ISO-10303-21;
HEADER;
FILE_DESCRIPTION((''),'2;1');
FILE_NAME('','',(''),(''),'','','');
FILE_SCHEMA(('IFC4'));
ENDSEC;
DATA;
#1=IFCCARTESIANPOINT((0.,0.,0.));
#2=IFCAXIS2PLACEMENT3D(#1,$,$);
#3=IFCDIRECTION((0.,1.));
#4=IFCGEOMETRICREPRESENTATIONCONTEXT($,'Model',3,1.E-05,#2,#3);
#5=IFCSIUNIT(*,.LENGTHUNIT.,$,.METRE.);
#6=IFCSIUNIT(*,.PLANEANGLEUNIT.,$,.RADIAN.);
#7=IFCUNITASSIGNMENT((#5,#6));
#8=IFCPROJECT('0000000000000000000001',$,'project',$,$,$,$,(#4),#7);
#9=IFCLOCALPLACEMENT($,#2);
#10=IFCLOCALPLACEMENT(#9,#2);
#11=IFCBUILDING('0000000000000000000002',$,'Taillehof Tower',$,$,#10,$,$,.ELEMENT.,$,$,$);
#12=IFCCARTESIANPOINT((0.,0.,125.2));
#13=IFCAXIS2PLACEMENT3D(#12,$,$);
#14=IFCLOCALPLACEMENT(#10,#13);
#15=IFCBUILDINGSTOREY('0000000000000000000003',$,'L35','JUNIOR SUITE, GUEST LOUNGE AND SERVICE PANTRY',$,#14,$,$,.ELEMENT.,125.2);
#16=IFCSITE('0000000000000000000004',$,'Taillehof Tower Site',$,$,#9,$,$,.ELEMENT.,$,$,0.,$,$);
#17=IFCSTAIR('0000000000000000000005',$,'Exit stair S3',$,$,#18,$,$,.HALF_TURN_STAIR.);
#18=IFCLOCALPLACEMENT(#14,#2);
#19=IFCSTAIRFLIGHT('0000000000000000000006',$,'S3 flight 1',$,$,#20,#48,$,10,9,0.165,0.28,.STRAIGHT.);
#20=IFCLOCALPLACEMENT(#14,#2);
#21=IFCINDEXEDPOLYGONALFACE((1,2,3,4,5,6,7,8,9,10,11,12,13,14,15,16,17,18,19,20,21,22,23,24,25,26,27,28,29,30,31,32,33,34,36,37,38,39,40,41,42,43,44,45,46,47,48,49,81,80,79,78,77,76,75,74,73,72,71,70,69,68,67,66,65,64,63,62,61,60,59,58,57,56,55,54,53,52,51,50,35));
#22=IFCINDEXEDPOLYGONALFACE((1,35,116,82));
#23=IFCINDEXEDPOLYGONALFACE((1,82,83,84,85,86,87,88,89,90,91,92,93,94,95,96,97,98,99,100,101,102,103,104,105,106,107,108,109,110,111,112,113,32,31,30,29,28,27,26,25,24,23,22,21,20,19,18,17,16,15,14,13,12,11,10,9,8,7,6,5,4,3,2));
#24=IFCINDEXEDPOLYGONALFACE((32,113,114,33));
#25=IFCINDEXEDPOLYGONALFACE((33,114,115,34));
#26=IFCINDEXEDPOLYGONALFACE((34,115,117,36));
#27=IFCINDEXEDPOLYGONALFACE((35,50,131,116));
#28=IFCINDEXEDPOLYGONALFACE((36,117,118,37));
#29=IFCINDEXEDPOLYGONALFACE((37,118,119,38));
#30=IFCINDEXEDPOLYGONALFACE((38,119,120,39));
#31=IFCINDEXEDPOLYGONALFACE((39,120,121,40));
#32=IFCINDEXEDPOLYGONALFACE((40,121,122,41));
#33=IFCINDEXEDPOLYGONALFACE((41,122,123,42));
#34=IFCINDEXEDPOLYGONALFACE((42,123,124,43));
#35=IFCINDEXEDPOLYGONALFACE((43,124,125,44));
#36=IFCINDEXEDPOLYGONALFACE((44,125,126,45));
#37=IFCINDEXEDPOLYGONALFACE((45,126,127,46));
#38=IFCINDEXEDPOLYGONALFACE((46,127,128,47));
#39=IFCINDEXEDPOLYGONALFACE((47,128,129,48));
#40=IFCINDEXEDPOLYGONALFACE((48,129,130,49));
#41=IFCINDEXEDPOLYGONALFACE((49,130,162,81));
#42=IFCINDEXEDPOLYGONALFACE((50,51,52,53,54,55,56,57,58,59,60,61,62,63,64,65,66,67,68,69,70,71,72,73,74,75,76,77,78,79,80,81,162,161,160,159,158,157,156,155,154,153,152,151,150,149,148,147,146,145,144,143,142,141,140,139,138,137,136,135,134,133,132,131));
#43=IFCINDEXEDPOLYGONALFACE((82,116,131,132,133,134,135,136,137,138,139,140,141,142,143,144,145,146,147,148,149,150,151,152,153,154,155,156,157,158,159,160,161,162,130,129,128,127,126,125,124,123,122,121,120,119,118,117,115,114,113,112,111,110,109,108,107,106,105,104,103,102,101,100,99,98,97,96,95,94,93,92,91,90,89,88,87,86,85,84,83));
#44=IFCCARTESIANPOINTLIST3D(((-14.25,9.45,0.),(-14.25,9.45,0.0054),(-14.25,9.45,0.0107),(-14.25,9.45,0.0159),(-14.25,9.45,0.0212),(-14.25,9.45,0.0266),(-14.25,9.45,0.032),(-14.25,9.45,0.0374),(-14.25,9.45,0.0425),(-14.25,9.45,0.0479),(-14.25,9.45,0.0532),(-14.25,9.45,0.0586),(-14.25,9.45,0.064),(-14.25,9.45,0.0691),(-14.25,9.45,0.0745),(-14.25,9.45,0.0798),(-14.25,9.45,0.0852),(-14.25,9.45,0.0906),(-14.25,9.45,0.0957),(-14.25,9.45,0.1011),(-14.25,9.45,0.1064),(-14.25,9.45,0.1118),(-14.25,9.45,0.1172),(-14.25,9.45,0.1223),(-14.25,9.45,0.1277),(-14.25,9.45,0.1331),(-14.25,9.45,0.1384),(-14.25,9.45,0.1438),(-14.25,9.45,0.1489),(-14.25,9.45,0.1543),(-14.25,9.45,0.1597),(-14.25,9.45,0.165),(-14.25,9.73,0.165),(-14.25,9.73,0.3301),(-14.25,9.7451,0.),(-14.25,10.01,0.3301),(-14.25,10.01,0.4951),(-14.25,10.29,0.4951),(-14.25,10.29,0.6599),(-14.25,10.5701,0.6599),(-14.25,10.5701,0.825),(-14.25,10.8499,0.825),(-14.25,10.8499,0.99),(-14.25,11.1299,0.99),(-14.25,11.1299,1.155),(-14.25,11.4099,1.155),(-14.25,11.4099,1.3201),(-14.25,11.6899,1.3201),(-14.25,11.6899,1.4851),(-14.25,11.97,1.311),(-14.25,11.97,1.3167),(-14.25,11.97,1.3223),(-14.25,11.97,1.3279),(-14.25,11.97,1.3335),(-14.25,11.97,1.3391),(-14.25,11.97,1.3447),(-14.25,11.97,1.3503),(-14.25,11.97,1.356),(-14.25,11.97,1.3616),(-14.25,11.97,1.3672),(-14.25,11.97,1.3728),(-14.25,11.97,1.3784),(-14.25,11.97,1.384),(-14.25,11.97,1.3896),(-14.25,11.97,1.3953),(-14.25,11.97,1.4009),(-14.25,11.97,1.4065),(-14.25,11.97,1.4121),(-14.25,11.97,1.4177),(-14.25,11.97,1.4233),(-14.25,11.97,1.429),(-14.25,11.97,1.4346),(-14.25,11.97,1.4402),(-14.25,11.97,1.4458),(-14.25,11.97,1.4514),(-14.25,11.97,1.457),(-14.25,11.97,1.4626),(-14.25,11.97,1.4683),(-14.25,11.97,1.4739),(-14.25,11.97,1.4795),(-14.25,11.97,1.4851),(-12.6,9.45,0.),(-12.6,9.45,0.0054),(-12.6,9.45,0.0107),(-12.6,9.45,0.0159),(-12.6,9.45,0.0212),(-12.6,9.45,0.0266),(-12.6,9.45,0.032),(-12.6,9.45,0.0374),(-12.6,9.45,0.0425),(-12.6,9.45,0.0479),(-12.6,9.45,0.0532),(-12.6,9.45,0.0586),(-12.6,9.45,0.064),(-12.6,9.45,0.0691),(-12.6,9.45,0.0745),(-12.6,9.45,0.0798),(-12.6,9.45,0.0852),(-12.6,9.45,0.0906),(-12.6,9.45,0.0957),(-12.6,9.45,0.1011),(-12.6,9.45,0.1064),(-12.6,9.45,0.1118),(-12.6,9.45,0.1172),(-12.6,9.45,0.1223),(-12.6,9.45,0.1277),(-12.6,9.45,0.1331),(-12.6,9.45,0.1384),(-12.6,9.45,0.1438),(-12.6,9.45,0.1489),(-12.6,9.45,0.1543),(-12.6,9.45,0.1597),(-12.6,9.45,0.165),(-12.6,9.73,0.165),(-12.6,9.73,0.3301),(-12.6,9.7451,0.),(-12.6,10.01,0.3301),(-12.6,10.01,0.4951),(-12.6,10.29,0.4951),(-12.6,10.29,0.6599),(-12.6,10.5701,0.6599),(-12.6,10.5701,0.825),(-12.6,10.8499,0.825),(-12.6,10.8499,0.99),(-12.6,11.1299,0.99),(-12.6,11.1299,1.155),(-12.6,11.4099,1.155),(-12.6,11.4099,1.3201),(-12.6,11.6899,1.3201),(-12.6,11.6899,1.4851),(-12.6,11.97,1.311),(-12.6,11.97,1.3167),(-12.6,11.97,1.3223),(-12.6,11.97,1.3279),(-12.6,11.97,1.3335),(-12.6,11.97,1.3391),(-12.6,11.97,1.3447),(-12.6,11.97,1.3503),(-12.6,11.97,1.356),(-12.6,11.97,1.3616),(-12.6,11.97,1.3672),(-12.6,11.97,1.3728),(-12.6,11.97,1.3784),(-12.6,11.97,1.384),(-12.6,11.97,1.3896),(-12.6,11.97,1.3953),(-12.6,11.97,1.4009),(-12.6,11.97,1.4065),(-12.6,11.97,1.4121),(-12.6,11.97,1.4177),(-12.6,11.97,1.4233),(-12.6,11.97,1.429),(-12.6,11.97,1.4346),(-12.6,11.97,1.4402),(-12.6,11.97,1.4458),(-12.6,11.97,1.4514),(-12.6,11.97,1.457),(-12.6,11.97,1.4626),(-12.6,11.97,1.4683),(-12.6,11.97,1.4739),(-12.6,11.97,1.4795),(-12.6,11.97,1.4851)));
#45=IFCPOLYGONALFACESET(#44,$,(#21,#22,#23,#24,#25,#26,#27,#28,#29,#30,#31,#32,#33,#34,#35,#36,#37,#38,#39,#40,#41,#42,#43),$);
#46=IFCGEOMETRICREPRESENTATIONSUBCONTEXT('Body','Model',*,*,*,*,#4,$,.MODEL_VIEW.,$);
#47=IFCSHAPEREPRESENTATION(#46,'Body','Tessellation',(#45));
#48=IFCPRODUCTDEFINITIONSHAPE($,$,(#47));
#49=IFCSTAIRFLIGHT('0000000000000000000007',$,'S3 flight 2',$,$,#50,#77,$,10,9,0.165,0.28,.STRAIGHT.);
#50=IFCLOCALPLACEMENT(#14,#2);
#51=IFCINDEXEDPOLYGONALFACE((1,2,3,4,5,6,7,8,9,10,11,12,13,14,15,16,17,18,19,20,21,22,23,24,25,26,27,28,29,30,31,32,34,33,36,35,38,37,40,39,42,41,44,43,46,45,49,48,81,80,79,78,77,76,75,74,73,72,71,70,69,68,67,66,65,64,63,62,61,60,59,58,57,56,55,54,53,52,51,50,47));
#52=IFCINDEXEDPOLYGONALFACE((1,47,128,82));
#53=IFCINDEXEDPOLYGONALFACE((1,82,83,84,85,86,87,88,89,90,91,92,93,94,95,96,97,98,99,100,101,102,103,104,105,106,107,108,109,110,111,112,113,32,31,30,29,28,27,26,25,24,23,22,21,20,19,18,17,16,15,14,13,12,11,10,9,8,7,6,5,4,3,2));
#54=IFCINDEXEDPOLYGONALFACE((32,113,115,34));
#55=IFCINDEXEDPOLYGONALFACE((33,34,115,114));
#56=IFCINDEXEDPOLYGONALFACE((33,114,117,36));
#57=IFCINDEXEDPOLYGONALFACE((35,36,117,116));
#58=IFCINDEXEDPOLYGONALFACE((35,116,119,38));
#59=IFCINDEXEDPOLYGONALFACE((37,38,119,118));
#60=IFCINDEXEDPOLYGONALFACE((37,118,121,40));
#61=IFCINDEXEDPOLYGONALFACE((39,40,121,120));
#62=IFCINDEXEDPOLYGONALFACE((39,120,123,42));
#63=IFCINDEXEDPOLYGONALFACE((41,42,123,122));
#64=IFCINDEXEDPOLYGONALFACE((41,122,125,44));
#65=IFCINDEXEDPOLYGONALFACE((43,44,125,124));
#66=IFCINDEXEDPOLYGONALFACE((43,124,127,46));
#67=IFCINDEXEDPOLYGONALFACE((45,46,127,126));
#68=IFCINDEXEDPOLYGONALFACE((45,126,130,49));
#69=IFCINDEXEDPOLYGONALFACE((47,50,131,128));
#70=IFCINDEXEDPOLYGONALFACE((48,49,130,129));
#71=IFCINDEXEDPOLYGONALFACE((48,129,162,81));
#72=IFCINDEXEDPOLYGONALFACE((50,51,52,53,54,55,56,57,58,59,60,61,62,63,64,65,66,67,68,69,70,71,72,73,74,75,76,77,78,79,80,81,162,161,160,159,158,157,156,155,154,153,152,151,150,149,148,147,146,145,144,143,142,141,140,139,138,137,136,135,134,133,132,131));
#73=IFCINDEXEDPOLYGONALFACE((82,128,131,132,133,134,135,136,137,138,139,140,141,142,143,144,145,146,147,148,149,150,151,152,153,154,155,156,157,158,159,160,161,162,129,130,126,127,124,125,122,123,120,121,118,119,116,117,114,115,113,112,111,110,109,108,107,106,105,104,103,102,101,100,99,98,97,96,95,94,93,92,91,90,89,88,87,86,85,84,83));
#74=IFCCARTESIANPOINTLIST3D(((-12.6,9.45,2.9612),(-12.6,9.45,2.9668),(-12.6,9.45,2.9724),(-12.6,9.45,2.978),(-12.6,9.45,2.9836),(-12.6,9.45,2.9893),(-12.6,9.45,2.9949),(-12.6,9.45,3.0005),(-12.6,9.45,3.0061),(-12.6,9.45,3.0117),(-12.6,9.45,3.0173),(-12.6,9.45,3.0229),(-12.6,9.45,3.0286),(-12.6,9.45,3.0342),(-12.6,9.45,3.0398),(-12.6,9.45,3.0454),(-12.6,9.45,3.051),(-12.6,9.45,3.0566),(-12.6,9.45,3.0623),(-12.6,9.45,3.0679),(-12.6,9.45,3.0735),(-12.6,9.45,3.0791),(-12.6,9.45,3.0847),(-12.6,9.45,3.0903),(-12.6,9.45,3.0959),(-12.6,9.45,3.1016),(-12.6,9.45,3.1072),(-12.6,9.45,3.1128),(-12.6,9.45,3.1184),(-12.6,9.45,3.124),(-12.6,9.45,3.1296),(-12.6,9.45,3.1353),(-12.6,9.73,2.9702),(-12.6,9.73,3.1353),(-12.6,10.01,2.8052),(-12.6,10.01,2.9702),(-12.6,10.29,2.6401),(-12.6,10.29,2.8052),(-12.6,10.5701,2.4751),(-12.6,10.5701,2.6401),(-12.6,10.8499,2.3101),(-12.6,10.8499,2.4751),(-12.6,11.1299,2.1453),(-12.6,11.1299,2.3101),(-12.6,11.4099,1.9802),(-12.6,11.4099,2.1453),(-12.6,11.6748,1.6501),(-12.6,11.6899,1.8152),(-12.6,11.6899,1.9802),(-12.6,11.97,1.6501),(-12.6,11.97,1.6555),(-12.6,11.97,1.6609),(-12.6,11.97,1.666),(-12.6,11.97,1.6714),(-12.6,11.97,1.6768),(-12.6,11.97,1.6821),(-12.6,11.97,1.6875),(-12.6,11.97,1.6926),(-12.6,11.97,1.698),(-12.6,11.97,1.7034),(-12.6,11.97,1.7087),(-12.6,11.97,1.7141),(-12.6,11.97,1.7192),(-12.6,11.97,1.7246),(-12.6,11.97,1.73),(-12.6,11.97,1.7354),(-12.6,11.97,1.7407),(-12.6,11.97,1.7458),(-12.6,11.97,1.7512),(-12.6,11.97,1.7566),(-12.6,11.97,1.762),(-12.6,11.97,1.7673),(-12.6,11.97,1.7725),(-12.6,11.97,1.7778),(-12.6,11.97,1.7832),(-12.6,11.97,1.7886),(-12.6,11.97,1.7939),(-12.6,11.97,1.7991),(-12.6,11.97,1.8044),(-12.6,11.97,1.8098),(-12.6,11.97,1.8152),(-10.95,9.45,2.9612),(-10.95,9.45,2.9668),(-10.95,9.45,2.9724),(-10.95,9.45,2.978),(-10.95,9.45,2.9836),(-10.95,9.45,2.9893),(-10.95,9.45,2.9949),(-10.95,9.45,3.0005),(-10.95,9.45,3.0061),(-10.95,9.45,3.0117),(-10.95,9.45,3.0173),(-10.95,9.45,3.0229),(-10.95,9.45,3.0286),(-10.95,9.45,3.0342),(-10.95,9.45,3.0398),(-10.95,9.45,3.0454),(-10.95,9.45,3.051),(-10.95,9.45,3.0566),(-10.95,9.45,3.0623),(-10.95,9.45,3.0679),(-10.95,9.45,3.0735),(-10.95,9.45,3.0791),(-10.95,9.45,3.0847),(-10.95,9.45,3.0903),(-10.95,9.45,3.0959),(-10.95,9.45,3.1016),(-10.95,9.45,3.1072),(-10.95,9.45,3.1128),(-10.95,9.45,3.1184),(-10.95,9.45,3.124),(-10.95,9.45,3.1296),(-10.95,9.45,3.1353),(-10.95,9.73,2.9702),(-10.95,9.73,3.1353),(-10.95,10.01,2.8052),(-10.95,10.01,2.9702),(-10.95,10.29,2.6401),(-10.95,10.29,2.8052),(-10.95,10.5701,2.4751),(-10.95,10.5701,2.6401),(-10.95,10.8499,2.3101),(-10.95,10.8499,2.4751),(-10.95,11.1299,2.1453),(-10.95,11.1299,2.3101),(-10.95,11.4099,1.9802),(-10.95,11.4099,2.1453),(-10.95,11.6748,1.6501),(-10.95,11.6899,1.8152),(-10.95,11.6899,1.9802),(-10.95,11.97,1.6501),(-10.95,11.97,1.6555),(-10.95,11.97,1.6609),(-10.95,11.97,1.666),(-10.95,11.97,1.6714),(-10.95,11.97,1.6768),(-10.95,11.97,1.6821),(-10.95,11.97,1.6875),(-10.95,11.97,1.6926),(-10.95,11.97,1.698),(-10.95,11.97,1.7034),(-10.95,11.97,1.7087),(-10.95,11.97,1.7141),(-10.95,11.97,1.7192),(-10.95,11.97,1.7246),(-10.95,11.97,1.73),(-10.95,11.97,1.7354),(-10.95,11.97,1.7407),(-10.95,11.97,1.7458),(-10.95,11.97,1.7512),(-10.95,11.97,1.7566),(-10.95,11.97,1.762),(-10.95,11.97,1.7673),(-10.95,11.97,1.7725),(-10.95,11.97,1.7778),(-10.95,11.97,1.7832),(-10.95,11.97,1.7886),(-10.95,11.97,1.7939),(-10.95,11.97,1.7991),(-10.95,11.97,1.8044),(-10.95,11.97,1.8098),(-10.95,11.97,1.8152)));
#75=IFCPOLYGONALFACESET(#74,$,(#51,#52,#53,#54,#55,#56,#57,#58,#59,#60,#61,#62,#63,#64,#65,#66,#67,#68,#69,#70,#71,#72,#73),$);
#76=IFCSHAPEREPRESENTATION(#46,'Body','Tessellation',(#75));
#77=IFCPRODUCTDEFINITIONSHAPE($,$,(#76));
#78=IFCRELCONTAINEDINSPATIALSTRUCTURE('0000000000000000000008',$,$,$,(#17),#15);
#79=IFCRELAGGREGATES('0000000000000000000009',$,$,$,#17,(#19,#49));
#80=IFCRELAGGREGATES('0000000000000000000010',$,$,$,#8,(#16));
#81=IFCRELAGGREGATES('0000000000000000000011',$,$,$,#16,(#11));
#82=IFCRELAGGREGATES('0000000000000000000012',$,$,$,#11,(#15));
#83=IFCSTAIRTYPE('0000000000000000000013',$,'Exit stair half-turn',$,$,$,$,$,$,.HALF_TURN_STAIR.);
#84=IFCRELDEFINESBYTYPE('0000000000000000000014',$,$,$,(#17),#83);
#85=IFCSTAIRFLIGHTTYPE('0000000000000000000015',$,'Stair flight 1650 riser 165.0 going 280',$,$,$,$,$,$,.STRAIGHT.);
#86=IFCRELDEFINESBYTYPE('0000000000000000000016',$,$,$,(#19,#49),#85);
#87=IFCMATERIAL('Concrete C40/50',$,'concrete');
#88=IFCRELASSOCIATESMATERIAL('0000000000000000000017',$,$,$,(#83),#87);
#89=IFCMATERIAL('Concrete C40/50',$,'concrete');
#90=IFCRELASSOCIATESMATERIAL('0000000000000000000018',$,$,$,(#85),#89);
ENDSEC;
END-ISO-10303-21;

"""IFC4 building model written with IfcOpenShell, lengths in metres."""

from ifc_helpers import new_model, si_unit, direction, frame, origin, place, context, subcontext, project, spatial, polyline, outline, extrude, material, type_object, element, aggregate, save


model = new_model("IFC4")

# Units and contexts
model_context = context("Model", 3, precision=1e-05, world=origin(), true_north=direction((0.0, 1.0)))
body_context = subcontext(model_context, "Body", "Model", "MODEL_VIEW")
ifc_project = project(units=[si_unit("LENGTHUNIT", "METRE"), si_unit("PLANEANGLEUNIT", "RADIAN")], contexts=[model_context])

# Site, building, storey
site_placement = place(None, origin())
site = spatial("IfcSite", under=ifc_project, at=site_placement, Name="Taillehof Tower Site", CompositionType="ELEMENT", RefElevation=0.0)
building_placement = place(site_placement, origin())
building = spatial("IfcBuilding", under=site, at=building_placement, Name="Taillehof Tower", CompositionType="ELEMENT")
storey_placement = place(building_placement, frame((0.0, 0.0, 125.2)))
storey = spatial("IfcBuildingStorey", under=building, at=storey_placement, Name="L35", Description="JUNIOR SUITE, GUEST LOUNGE AND SERVICE PANTRY", CompositionType="ELEMENT", Elevation=125.2)

# Stair, stair flights
ifc_material_1 = material(Name="Concrete C40/50", Category="concrete")
stair_type = type_object("IfcStairType", Name="Exit stair half-turn", PredefinedType="HALF_TURN_STAIR", material=ifc_material_1)
stair_placement = place(storey_placement, origin())
stair = element("IfcStair", 1, at=stair_placement, inside=storey, type_object=stair_type, Name="Exit stair S3", PredefinedType="HALF_TURN_STAIR")
ifc_material_2 = material(Name="Concrete C40/50", Category="concrete")
stair_flight_type = type_object("IfcStairFlightType", Name="Stair flight 1650 riser 165.0 going 280", PredefinedType="STRAIGHT", material=ifc_material_2)
stair_flight_1_placement = place(storey_placement, frame((-13.425, 9.45, 0.0), z_axis=(0.0, 0.0, 1.0), x_axis=(0.0, 1.0, 0.0)))
stair_flight_1 = element("IfcStairFlight", 2, at=stair_flight_1_placement, type_object=stair_flight_type, Name="S3 flight 1", NumberOfRisers=10, NumberOfTreads=9, PredefinedType="STRAIGHT", RiserHeight=0.165, TreadLength=0.28, context=body_context, shape_type="SweptSolid", body=[
    extrude(outline(polyline([(0.0, 0.0), (0.0, 0.0054), (0.0, 0.0107), (0.0, 0.0159), (0.0, 0.0212), (0.0, 0.0266), (0.0, 0.032), (0.0, 0.0374), (0.0, 0.0425), (0.0, 0.0479), (0.0, 0.0532), (0.0, 0.0586), (0.0, 0.064), (0.0, 0.0691), (0.0, 0.0745), (0.0, 0.0798), (0.0, 0.0852), (0.0, 0.0906), (0.0, 0.0957), (0.0, 0.1011), (0.0, 0.1064), (0.0, 0.1118), (0.0, 0.1172), (0.0, 0.1223), (0.0, 0.1277), (0.0, 0.1331), (0.0, 0.1384), (0.0, 0.1438), (0.0, 0.1489), (0.0, 0.1543), (0.0, 0.1597), (0.0, 0.165), (0.28, 0.165), (0.28, 0.3301), (0.5601, 0.3301), (0.5601, 0.4951), (0.8401, 0.4951), (0.8401, 0.6599), (1.1201, 0.6599), (1.1201, 0.825), (1.3999, 0.825), (1.3999, 0.99), (1.6799, 0.99), (1.6799, 1.155), (1.96, 1.155), (1.96, 1.3201), (2.24, 1.3201), (2.24, 1.4851), (2.52, 1.4851), (2.52, 1.4795), (2.52, 1.4739), (2.52, 1.4683), (2.52, 1.4626), (2.52, 1.457), (2.52, 1.4514), (2.52, 1.4458), (2.52, 1.4402), (2.52, 1.4346), (2.52, 1.429), (2.52, 1.4233), (2.52, 1.4177), (2.52, 1.4121), (2.52, 1.4065), (2.52, 1.4009), (2.52, 1.3953), (2.52, 1.3896), (2.52, 1.384), (2.52, 1.3784), (2.52, 1.3728), (2.52, 1.3672), (2.52, 1.3616), (2.52, 1.356), (2.52, 1.3503), (2.52, 1.3447), (2.52, 1.3391), (2.52, 1.3335), (2.52, 1.3279), (2.52, 1.3223), (2.52, 1.3167), (2.52, 1.311), (0.2952, 0.0), (0.0, 0.0)])), frame((0.0, 0.825, 0.0), z_axis=(0.0, -1.0, 0.0), x_axis=(1.0, 0.0, 0.0)), (0.0, 0.0, 1.0), 1.65),
])
stair_flight_2_placement = place(storey_placement, frame((-11.7749, 11.97, 1.6501), z_axis=(0.0, 0.0, 1.0), x_axis=(0.0, -1.0, 0.0)))
stair_flight_2 = element("IfcStairFlight", 3, at=stair_flight_2_placement, type_object=stair_flight_type, Name="S3 flight 2", NumberOfRisers=10, NumberOfTreads=9, PredefinedType="STRAIGHT", RiserHeight=0.165, TreadLength=0.28, context=body_context, shape_type="SweptSolid", body=[
    extrude(outline(polyline([(0.0, 0.0), (0.0, 0.0054), (0.0, 0.0107), (0.0, 0.0159), (0.0, 0.0212), (0.0, 0.0266), (0.0, 0.032), (0.0, 0.0374), (0.0, 0.0425), (0.0, 0.0479), (0.0, 0.0532), (0.0, 0.0586), (0.0, 0.064), (0.0, 0.0691), (0.0, 0.0745), (0.0, 0.0798), (0.0, 0.0852), (0.0, 0.0906), (0.0, 0.0957), (0.0, 0.1011), (0.0, 0.1064), (0.0, 0.1118), (0.0, 0.1172), (0.0, 0.1223), (0.0, 0.1277), (0.0, 0.1331), (0.0, 0.1384), (0.0, 0.1438), (0.0, 0.1489), (0.0, 0.1543), (0.0, 0.1597), (0.0, 0.165), (0.28, 0.165), (0.28, 0.3301), (0.5601, 0.3301), (0.5601, 0.4951), (0.8401, 0.4951), (0.8401, 0.6599), (1.1201, 0.6599), (1.1201, 0.825), (1.3999, 0.825), (1.3999, 0.99), (1.6799, 0.99), (1.6799, 1.155), (1.96, 1.155), (1.96, 1.3201), (2.24, 1.3201), (2.24, 1.4851), (2.52, 1.4851), (2.52, 1.4795), (2.52, 1.4739), (2.52, 1.4683), (2.52, 1.4626), (2.52, 1.457), (2.52, 1.4514), (2.52, 1.4458), (2.52, 1.4402), (2.52, 1.4346), (2.52, 1.429), (2.52, 1.4233), (2.52, 1.4177), (2.52, 1.4121), (2.52, 1.4065), (2.52, 1.4009), (2.52, 1.3953), (2.52, 1.3896), (2.52, 1.384), (2.52, 1.3784), (2.52, 1.3728), (2.52, 1.3672), (2.52, 1.3616), (2.52, 1.356), (2.52, 1.3503), (2.52, 1.3447), (2.52, 1.3391), (2.52, 1.3335), (2.52, 1.3279), (2.52, 1.3223), (2.52, 1.3167), (2.52, 1.311), (0.2952, 0.0), (0.0, 0.0)])), frame((0.0, 0.825, 0.0), z_axis=(0.0, -1.0, 0.0), x_axis=(1.0, 0.0, 0.0)), (0.0, 0.0, 1.0), 1.65),
])
aggregate(stair, [stair_flight_1, stair_flight_2])

save(model, "model.ifc")
